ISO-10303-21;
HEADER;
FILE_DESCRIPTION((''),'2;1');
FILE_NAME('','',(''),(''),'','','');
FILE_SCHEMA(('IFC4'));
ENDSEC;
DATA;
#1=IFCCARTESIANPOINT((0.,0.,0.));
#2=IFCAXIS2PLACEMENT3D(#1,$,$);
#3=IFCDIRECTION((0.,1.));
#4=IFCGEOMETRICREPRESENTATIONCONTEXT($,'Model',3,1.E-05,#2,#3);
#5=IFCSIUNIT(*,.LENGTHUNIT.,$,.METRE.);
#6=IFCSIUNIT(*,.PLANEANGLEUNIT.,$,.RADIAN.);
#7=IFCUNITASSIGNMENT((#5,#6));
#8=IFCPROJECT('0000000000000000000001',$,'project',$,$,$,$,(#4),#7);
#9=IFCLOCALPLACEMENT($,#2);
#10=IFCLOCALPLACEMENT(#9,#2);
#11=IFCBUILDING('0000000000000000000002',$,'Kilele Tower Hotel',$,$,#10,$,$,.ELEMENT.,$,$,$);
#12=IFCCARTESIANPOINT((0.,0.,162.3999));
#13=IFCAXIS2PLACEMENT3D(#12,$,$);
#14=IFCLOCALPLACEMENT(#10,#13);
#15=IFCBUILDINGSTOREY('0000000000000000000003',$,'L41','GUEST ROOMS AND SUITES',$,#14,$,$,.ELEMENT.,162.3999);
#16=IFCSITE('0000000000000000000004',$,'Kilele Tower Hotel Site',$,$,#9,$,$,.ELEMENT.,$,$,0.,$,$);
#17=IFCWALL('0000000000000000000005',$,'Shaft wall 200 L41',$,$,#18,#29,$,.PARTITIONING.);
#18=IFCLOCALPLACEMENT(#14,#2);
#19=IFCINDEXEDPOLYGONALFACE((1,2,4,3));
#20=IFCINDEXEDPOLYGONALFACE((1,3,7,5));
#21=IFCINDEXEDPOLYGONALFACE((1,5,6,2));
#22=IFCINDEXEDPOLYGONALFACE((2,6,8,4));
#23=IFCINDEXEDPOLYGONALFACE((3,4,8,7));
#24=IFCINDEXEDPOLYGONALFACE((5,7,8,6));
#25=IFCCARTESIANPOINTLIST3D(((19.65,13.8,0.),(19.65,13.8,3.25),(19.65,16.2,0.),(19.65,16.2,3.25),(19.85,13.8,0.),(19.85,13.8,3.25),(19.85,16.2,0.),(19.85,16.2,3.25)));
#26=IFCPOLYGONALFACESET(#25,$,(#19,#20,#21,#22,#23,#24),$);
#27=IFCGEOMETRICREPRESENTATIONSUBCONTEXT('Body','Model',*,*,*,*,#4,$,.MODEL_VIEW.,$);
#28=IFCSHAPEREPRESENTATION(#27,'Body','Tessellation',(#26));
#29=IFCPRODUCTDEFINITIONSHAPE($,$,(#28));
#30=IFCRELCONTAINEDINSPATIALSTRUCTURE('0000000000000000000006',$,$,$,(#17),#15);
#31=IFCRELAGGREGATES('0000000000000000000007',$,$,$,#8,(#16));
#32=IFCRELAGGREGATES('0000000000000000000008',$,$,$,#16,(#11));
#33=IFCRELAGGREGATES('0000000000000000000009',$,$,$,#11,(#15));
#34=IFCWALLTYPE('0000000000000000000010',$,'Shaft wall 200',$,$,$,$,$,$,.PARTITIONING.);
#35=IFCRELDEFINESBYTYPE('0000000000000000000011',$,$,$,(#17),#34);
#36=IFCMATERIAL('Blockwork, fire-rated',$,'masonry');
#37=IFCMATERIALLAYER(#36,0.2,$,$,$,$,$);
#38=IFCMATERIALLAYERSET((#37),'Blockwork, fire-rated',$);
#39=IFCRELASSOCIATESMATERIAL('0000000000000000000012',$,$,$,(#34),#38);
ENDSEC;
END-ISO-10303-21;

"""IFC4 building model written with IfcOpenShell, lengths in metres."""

from ifc_helpers import new_model, si_unit, direction, frame, frame_2d, origin, place, context, subcontext, project, spatial, rectangle, extrude, material, layer, layer_set, type_object, element, save


model = new_model("IFC4")

# Units and contexts
model_context = context("Model", 3, precision=1e-05, world=origin(), true_north=direction((0.0, 1.0)))
body_context = subcontext(model_context, "Body", "Model", "MODEL_VIEW")
ifc_project = project(units=[si_unit("LENGTHUNIT", "METRE"), si_unit("PLANEANGLEUNIT", "RADIAN")], contexts=[model_context])

# Site, building, storey
site_placement = place(None, origin())
site = spatial("IfcSite", under=ifc_project, at=site_placement, Name="Kilele Tower Hotel Site", CompositionType="ELEMENT", RefElevation=0.0)
building_placement = place(site_placement, origin())
building = spatial("IfcBuilding", under=site, at=building_placement, Name="Kilele Tower Hotel", CompositionType="ELEMENT")
storey_placement = place(building_placement, frame((0.0, 0.0, 162.3999)))
storey = spatial("IfcBuildingStorey", under=building, at=storey_placement, Name="L41", Description="GUEST ROOMS AND SUITES", CompositionType="ELEMENT", Elevation=162.3999)

# Wall
ifc_material_1 = material(Name="Blockwork, fire-rated", Category="masonry")
ifc_layer_1 = layer(ifc_material_1, 0.2)
ifc_layer_set_1 = layer_set([ifc_layer_1], Name="Blockwork, fire-rated")
wall_type_1 = type_object("IfcWallType", Name="Shaft wall 200", PredefinedType="PARTITIONING", material=ifc_layer_set_1)
wall_1_placement = place(storey_placement, frame((19.75, 13.8, 0.0), z_axis=(0.0, 0.0, 1.0), x_axis=(0.0, 1.0, 0.0)))
element("IfcWall", 1, at=wall_1_placement, inside=storey, type_object=wall_type_1, Name="Shaft wall 200 L41", PredefinedType="PARTITIONING", context=body_context, shape_type="SweptSolid", body=[
    extrude(rectangle(XDim=2.3999, YDim=0.2, at=frame_2d((1.2, 0.0))), origin(), (0.0, 0.0, 1.0), 3.25),
])

save(model, "model.ifc")
